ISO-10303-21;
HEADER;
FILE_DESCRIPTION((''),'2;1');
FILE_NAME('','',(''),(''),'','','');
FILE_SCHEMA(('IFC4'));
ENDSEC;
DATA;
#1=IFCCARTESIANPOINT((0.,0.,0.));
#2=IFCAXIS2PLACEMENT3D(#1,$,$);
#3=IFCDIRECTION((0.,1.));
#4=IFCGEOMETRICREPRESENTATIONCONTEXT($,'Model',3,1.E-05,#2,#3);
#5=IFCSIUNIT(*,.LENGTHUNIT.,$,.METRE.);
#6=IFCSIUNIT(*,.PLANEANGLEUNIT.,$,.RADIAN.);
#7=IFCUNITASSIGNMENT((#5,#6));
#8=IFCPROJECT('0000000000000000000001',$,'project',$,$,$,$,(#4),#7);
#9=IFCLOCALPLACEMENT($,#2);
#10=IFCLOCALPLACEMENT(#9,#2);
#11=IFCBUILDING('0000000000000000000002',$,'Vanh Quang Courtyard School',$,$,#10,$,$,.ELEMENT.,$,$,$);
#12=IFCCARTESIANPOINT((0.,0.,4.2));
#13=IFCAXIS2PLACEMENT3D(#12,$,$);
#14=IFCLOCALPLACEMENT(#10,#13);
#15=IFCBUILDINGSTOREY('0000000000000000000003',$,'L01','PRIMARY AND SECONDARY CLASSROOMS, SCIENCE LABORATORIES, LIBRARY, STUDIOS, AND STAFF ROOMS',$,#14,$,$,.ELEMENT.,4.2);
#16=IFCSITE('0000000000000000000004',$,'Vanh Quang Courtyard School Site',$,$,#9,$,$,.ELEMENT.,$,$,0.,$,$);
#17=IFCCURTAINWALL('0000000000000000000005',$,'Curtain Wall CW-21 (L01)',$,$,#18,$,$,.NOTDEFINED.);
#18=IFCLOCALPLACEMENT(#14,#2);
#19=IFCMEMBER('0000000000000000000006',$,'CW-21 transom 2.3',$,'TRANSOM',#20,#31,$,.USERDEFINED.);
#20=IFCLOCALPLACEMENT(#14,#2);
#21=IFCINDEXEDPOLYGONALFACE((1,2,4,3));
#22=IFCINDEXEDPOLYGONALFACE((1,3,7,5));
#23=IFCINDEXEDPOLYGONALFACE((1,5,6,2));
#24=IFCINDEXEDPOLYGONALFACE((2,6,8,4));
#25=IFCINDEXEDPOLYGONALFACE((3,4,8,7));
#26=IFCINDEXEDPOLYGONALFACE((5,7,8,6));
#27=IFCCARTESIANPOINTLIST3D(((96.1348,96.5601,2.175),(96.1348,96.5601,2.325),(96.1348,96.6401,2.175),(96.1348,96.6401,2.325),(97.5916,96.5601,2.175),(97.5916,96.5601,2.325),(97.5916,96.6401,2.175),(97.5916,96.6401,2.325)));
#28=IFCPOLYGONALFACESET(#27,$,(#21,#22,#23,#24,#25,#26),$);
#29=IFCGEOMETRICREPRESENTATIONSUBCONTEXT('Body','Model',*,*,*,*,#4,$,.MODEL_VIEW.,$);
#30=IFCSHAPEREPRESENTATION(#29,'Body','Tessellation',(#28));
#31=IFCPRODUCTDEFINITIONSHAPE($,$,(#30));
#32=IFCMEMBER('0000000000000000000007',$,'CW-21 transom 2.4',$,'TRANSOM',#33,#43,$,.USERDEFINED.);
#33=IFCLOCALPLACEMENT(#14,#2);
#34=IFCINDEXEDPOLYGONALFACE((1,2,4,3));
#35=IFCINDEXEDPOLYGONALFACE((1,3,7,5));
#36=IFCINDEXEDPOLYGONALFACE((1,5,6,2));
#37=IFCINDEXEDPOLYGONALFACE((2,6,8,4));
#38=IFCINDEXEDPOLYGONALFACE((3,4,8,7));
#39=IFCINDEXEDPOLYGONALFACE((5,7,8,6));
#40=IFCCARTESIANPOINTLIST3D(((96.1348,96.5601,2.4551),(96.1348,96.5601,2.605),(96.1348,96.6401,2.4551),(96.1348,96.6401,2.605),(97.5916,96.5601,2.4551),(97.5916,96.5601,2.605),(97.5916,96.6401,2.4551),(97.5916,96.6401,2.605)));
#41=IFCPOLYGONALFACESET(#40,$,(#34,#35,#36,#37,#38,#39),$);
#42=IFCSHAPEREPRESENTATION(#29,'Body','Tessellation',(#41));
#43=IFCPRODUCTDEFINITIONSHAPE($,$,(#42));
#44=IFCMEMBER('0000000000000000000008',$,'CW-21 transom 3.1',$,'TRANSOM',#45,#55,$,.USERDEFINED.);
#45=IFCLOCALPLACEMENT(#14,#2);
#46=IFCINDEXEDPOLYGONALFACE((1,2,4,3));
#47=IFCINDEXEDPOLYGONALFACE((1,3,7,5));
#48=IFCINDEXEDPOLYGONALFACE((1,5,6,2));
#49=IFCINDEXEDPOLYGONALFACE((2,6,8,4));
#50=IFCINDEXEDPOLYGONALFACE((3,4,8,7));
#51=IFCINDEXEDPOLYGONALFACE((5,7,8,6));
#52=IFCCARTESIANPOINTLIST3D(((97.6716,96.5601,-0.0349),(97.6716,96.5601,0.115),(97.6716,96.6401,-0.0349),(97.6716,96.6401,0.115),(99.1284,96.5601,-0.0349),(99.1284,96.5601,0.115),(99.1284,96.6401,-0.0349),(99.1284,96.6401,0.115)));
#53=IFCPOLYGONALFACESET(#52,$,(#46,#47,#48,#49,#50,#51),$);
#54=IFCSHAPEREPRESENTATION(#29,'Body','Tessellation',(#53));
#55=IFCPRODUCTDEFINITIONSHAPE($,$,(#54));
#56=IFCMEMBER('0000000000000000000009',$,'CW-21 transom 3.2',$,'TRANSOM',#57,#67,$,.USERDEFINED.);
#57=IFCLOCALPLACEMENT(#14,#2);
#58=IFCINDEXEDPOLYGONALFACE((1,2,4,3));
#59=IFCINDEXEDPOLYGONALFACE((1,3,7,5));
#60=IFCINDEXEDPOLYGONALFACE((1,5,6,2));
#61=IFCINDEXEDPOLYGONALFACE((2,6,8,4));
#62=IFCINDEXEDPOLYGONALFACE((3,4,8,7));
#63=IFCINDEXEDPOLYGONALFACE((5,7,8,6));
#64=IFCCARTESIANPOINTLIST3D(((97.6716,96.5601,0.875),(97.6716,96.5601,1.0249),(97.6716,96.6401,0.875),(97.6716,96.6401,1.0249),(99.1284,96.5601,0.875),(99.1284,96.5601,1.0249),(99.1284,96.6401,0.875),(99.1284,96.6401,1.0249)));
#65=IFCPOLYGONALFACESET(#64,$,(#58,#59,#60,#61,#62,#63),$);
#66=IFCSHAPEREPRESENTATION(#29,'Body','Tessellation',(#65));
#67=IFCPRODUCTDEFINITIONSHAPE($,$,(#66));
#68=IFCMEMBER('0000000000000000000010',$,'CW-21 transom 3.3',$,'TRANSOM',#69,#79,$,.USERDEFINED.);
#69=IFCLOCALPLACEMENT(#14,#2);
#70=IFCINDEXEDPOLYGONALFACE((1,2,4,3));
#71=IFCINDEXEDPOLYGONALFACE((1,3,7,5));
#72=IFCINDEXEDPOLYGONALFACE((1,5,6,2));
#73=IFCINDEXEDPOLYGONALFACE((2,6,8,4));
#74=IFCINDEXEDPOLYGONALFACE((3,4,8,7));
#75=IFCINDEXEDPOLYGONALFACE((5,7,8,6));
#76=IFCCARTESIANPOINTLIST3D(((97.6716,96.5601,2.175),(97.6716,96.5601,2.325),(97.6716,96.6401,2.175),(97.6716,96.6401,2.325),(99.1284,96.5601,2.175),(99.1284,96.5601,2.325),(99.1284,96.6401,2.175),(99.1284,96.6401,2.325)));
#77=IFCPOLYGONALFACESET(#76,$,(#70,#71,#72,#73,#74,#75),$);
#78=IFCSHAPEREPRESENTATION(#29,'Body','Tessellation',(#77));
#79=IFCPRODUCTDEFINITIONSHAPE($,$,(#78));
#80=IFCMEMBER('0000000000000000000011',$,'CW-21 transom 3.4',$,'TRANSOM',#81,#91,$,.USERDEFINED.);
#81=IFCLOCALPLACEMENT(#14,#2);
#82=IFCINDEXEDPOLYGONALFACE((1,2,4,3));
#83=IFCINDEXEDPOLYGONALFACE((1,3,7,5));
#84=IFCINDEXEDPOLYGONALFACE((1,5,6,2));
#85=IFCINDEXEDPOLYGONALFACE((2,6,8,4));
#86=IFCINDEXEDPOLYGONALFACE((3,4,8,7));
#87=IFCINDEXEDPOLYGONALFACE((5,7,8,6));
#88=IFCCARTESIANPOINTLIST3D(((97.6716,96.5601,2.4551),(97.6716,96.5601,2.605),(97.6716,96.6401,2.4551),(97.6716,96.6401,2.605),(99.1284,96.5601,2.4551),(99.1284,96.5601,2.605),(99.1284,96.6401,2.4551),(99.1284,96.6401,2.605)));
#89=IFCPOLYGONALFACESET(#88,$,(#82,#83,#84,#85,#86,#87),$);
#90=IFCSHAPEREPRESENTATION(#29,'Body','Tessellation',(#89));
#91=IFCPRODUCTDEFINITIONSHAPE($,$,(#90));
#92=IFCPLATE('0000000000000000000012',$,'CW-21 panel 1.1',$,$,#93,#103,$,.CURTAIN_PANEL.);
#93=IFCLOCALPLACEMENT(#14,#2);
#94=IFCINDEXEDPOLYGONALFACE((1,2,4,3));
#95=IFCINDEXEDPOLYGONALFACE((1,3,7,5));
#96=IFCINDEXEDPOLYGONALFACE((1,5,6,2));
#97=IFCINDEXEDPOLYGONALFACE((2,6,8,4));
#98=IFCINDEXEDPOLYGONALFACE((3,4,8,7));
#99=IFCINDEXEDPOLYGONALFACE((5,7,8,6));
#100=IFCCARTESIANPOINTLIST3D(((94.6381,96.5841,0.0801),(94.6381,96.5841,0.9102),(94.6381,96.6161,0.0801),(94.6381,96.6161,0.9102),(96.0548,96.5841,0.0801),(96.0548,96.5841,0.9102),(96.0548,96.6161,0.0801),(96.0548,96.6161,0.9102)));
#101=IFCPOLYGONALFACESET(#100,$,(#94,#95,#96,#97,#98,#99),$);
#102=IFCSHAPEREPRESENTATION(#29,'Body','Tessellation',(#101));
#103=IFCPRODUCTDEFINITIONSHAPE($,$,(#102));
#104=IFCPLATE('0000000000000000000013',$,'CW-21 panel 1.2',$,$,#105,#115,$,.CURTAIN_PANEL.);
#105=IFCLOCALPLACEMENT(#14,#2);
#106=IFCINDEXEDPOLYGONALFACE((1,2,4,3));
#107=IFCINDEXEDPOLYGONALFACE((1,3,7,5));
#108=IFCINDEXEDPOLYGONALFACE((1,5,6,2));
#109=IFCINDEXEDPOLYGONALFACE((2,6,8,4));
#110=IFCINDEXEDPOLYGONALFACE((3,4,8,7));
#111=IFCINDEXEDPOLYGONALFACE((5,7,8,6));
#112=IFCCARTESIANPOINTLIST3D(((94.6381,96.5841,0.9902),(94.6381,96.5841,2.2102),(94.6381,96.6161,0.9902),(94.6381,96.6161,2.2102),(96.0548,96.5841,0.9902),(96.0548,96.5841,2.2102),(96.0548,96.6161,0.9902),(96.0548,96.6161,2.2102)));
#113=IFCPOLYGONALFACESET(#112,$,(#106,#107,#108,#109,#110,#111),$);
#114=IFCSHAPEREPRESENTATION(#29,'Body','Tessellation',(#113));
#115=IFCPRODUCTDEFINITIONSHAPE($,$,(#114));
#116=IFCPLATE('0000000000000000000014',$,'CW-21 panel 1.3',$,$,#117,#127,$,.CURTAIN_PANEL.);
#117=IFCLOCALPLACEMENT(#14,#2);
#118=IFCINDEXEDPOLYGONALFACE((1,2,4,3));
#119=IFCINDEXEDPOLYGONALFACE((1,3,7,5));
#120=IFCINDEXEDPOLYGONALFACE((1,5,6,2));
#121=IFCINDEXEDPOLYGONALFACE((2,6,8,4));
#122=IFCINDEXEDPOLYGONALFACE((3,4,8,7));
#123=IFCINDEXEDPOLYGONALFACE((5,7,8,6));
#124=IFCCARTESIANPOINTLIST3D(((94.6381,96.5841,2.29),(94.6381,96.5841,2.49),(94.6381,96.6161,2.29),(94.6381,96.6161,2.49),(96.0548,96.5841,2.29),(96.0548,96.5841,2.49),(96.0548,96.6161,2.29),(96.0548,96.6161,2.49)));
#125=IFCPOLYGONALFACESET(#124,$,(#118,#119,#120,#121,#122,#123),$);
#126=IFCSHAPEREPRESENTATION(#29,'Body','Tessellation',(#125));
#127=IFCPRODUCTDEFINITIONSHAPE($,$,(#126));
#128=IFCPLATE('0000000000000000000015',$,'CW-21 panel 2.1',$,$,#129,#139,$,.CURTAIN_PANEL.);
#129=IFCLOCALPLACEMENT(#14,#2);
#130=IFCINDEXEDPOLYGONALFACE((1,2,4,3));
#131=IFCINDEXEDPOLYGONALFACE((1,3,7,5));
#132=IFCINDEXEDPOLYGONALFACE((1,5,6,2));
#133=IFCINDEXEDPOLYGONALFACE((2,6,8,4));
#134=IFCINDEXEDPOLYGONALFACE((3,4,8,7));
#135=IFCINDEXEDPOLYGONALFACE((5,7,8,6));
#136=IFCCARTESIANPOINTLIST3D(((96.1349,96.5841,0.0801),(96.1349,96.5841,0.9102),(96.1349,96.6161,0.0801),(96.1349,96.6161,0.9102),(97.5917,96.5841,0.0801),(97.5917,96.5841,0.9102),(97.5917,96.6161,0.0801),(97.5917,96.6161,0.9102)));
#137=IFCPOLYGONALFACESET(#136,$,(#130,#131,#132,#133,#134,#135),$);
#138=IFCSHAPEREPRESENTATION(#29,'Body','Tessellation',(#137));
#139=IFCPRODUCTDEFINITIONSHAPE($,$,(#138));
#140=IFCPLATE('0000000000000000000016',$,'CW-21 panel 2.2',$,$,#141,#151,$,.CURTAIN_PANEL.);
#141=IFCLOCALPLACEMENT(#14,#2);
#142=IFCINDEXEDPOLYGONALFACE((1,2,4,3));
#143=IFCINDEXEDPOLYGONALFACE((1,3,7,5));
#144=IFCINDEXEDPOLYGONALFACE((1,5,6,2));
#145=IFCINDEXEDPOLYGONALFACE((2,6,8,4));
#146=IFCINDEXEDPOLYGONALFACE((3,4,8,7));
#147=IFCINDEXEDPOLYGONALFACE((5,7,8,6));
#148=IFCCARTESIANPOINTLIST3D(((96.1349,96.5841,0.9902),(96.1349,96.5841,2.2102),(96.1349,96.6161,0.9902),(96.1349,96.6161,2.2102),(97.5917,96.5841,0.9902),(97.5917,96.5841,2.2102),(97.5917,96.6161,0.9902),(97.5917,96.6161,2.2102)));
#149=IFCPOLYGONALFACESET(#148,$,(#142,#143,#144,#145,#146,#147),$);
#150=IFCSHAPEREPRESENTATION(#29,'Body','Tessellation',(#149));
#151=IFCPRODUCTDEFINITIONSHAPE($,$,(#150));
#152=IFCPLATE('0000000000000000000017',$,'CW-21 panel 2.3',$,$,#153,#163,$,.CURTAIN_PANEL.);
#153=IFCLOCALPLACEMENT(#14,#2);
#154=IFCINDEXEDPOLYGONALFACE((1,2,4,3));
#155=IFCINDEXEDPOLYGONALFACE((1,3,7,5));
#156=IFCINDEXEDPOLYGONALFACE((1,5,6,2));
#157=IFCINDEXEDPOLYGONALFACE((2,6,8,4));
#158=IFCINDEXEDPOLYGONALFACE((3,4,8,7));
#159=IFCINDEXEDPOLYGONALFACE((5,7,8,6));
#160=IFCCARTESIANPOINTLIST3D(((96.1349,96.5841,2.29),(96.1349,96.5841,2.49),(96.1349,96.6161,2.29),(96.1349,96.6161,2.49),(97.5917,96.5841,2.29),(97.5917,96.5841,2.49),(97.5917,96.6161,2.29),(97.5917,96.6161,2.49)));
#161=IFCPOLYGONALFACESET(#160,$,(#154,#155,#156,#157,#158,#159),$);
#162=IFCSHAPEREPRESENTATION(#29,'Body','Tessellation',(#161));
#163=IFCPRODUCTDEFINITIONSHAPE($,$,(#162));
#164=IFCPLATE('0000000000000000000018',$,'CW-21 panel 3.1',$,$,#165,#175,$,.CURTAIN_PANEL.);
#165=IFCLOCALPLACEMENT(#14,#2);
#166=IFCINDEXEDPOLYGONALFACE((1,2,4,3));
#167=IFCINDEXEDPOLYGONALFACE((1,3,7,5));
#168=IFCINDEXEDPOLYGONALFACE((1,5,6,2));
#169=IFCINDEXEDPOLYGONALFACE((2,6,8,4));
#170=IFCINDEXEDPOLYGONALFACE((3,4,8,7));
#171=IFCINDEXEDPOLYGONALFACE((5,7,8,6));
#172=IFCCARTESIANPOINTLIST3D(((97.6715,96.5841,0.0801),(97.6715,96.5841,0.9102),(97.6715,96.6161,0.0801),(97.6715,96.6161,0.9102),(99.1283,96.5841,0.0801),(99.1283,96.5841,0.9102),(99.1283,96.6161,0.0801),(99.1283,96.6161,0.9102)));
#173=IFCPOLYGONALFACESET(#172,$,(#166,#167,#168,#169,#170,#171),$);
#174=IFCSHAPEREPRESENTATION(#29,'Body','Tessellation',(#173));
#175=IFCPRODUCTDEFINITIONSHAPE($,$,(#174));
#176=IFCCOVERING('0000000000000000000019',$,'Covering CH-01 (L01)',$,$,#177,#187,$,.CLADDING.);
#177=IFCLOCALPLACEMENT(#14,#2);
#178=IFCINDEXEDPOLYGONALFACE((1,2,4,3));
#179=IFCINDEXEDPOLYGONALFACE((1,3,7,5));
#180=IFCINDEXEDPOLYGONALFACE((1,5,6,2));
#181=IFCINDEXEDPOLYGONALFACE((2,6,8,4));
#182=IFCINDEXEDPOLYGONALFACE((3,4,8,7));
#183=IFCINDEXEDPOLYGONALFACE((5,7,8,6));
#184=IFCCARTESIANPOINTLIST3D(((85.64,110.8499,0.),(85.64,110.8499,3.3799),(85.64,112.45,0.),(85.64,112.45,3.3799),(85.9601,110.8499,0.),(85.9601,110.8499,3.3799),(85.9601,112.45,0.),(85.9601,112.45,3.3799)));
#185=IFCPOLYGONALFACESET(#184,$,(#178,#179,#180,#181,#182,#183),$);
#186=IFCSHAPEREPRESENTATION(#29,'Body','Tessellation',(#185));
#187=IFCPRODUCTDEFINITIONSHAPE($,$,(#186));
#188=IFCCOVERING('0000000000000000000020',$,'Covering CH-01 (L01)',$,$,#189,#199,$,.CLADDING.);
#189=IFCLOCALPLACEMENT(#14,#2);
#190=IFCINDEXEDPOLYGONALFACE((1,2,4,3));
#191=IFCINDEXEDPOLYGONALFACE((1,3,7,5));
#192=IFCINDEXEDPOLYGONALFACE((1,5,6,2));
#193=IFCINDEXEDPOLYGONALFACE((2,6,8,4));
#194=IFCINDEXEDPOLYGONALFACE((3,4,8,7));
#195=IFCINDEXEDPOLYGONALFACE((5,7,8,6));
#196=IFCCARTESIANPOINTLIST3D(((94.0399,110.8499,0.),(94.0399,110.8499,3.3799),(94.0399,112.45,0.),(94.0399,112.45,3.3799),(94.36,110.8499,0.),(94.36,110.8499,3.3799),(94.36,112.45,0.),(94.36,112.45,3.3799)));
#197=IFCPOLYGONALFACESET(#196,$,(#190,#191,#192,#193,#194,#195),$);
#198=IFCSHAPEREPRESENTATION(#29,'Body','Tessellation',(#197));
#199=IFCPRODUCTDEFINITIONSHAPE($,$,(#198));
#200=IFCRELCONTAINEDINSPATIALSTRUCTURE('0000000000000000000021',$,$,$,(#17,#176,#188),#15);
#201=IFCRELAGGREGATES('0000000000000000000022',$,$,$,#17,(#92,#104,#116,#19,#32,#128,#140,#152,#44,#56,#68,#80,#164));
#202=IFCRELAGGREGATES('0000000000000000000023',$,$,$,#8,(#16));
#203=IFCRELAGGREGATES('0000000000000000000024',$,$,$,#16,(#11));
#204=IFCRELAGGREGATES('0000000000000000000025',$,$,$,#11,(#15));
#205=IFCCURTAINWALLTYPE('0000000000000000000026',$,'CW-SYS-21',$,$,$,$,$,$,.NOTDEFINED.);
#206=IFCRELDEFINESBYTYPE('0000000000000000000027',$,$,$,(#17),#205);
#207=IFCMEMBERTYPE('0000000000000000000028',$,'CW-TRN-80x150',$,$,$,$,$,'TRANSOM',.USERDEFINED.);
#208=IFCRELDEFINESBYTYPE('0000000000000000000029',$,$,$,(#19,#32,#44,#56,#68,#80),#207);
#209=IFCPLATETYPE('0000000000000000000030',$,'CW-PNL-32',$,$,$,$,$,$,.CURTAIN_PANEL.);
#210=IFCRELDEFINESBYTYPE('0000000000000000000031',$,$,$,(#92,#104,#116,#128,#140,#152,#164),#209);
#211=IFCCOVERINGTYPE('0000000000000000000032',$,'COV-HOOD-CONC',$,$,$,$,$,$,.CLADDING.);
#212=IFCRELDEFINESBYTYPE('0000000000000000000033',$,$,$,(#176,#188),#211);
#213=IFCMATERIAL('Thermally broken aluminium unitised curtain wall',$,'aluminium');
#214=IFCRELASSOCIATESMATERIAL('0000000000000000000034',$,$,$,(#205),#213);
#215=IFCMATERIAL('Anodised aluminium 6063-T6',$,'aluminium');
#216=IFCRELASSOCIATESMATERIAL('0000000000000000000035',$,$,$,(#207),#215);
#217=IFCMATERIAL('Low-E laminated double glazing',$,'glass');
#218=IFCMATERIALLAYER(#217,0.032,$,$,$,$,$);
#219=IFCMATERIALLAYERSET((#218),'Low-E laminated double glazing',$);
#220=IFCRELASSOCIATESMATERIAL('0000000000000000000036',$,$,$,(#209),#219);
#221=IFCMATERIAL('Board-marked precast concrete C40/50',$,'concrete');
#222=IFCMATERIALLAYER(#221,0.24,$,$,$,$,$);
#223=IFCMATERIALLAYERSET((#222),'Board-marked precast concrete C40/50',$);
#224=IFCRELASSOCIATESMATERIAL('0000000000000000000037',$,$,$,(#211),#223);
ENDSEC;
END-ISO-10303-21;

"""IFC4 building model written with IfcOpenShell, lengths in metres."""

from ifc_helpers import new_model, si_unit, direction, frame, origin, origin_2d, place, context, subcontext, project, spatial, rectangle, extrude, material, layer, layer_set, material_profile, profile_set, type_object, element, aggregate, save


model = new_model("IFC4")

# Units and contexts
model_context = context("Model", 3, precision=1e-05, world=origin(), true_north=direction((0.0, 1.0)))
body_context = subcontext(model_context, "Body", "Model", "MODEL_VIEW")
ifc_project = project(units=[si_unit("LENGTHUNIT", "METRE"), si_unit("PLANEANGLEUNIT", "RADIAN")], contexts=[model_context])

# Site, building, storey
site_placement = place(None, origin())
site = spatial("IfcSite", under=ifc_project, at=site_placement, Name="Vanh Quang Courtyard School Site", CompositionType="ELEMENT", RefElevation=0.0)
building_placement = place(site_placement, origin())
building = spatial("IfcBuilding", under=site, at=building_placement, Name="Vanh Quang Courtyard School", CompositionType="ELEMENT")
storey_placement = place(building_placement, frame((0.0, 0.0, 4.2)))
storey = spatial("IfcBuildingStorey", under=building, at=storey_placement, Name="L01", Description="PRIMARY AND SECONDARY CLASSROOMS, SCIENCE LABORATORIES, LIBRARY, STUDIOS, AND STAFF ROOMS", CompositionType="ELEMENT", Elevation=4.2)

# Curtain wall, members, plates
ifc_material_1 = material(Name="Thermally broken aluminium unitised curtain wall", Category="aluminium")
curtain_wall_type = type_object("IfcCurtainWallType", Name="CW-SYS-21", PredefinedType="NOTDEFINED", material=ifc_material_1)
curtain_wall_placement = place(storey_placement, origin())
curtain_wall = element("IfcCurtainWall", 1, at=curtain_wall_placement, inside=storey, type_object=curtain_wall_type, Name="Curtain Wall CW-21 (L01)", PredefinedType="NOTDEFINED")
ifc_material_2 = material(Name="Anodised aluminium 6063-T6", Category="aluminium")
ifc_material_profile_1 = material_profile(ifc_material_2, rectangle(XDim=0.0801, YDim=0.1499, at=origin_2d()), Name="ALU-TRN 80x150")
ifc_profile_set_1 = profile_set([ifc_material_profile_1], Name="Anodised aluminium 6063-T6")
member_type_1 = type_object("IfcMemberType", Name="CW-TRN-80x150", ElementType="TRANSOM", PredefinedType="USERDEFINED", material=ifc_profile_set_1)
member_1_placement = place(storey_placement, frame((96.1348, 96.6001, 2.25), z_axis=(1.0, 0.0, 0.0), x_axis=(0.0, 1.0, 0.0)))
member_1 = element("IfcMember", 2, at=member_1_placement, type_object=member_type_1, Name="CW-21 transom 2.3", ObjectType="TRANSOM", PredefinedType="USERDEFINED", context=body_context, shape_type="SweptSolid", body=[
    extrude(rectangle(XDim=0.0801, YDim=0.1499, at=origin_2d()), origin(), (0.0, 0.0, 1.0), 1.4568),
])
member_2_placement = place(storey_placement, frame((96.1348, 96.6001, 2.53), z_axis=(1.0, 0.0, 0.0), x_axis=(0.0, 1.0, 0.0)))
member_2 = element("IfcMember", 3, at=member_2_placement, type_object=member_type_1, Name="CW-21 transom 2.4", ObjectType="TRANSOM", PredefinedType="USERDEFINED", context=body_context, shape_type="SweptSolid", body=[
    extrude(rectangle(XDim=0.0801, YDim=0.1499, at=origin_2d()), origin(), (0.0, 0.0, 1.0), 1.4568),
])
member_3_placement = place(storey_placement, frame((97.6716, 96.6001, 0.04), z_axis=(1.0, 0.0, 0.0), x_axis=(0.0, 1.0, 0.0)))
member_3 = element("IfcMember", 4, at=member_3_placement, type_object=member_type_1, Name="CW-21 transom 3.1", ObjectType="TRANSOM", PredefinedType="USERDEFINED", context=body_context, shape_type="SweptSolid", body=[
    extrude(rectangle(XDim=0.0801, YDim=0.1499, at=origin_2d()), origin(), (0.0, 0.0, 1.0), 1.4568),
])
member_4_placement = place(storey_placement, frame((97.6716, 96.6001, 0.95), z_axis=(1.0, 0.0, 0.0), x_axis=(0.0, 1.0, 0.0)))
member_4 = element("IfcMember", 5, at=member_4_placement, type_object=member_type_1, Name="CW-21 transom 3.2", ObjectType="TRANSOM", PredefinedType="USERDEFINED", context=body_context, shape_type="SweptSolid", body=[
    extrude(rectangle(XDim=0.0801, YDim=0.1499, at=origin_2d()), origin(), (0.0, 0.0, 1.0), 1.4568),
])
member_5_placement = place(storey_placement, frame((97.6716, 96.6001, 2.25), z_axis=(1.0, 0.0, 0.0), x_axis=(0.0, 1.0, 0.0)))
member_5 = element("IfcMember", 6, at=member_5_placement, type_object=member_type_1, Name="CW-21 transom 3.3", ObjectType="TRANSOM", PredefinedType="USERDEFINED", context=body_context, shape_type="SweptSolid", body=[
    extrude(rectangle(XDim=0.0801, YDim=0.1499, at=origin_2d()), origin(), (0.0, 0.0, 1.0), 1.4568),
])
member_6_placement = place(storey_placement, frame((97.6716, 96.6001, 2.53), z_axis=(1.0, 0.0, 0.0), x_axis=(0.0, 1.0, 0.0)))
member_6 = element("IfcMember", 7, at=member_6_placement, type_object=member_type_1, Name="CW-21 transom 3.4", ObjectType="TRANSOM", PredefinedType="USERDEFINED", context=body_context, shape_type="SweptSolid", body=[
    extrude(rectangle(XDim=0.0801, YDim=0.1499, at=origin_2d()), origin(), (0.0, 0.0, 1.0), 1.4568),
])
ifc_material_3 = material(Name="Low-E laminated double glazing", Category="glass")
ifc_layer_1 = layer(ifc_material_3, 0.032)
ifc_layer_set_1 = layer_set([ifc_layer_1], Name="Low-E laminated double glazing")
plate_type = type_object("IfcPlateType", Name="CW-PNL-32", PredefinedType="CURTAIN_PANEL", material=ifc_layer_set_1)
plate_1_placement = place(storey_placement, frame((95.3464, 96.6001, 0.0801), z_axis=(0.0, 0.0, 1.0), x_axis=(1.0, 0.0, 0.0)))
plate_1 = element("IfcPlate", 8, at=plate_1_placement, type_object=plate_type, Name="CW-21 panel 1.1", PredefinedType="CURTAIN_PANEL", context=body_context, shape_type="SweptSolid", body=[
    extrude(rectangle(XDim=1.4167, YDim=0.032, at=origin_2d()), origin(), (0.0, 0.0, 1.0), 0.8301),
])
plate_2_placement = place(storey_placement, frame((95.3464, 96.6001, 0.9902), z_axis=(0.0, 0.0, 1.0), x_axis=(1.0, 0.0, 0.0)))
plate_2 = element("IfcPlate", 9, at=plate_2_placement, type_object=plate_type, Name="CW-21 panel 1.2", PredefinedType="CURTAIN_PANEL", context=body_context, shape_type="SweptSolid", body=[
    extrude(rectangle(XDim=1.4167, YDim=0.032, at=origin_2d()), origin(), (0.0, 0.0, 1.0), 1.22),
])
plate_3_placement = place(storey_placement, frame((95.3464, 96.6001, 2.29), z_axis=(0.0, 0.0, 1.0), x_axis=(1.0, 0.0, 0.0)))
plate_3 = element("IfcPlate", 10, at=plate_3_placement, type_object=plate_type, Name="CW-21 panel 1.3", PredefinedType="CURTAIN_PANEL", context=body_context, shape_type="SweptSolid", body=[
    extrude(rectangle(XDim=1.4167, YDim=0.032, at=origin_2d()), origin(), (0.0, 0.0, 1.0), 0.2),
])
plate_4_placement = place(storey_placement, frame((96.8633, 96.6001, 0.0801), z_axis=(0.0, 0.0, 1.0), x_axis=(1.0, 0.0, 0.0)))
plate_4 = element("IfcPlate", 11, at=plate_4_placement, type_object=plate_type, Name="CW-21 panel 2.1", PredefinedType="CURTAIN_PANEL", context=body_context, shape_type="SweptSolid", body=[
    extrude(rectangle(XDim=1.4568, YDim=0.032, at=origin_2d()), origin(), (0.0, 0.0, 1.0), 0.8301),
])
plate_5_placement = place(storey_placement, frame((96.8633, 96.6001, 0.9902), z_axis=(0.0, 0.0, 1.0), x_axis=(1.0, 0.0, 0.0)))
plate_5 = element("IfcPlate", 12, at=plate_5_placement, type_object=plate_type, Name="CW-21 panel 2.2", PredefinedType="CURTAIN_PANEL", context=body_context, shape_type="SweptSolid", body=[
    extrude(rectangle(XDim=1.4568, YDim=0.032, at=origin_2d()), origin(), (0.0, 0.0, 1.0), 1.22),
])
plate_6_placement = place(storey_placement, frame((96.8633, 96.6001, 2.29), z_axis=(0.0, 0.0, 1.0), x_axis=(1.0, 0.0, 0.0)))
plate_6 = element("IfcPlate", 13, at=plate_6_placement, type_object=plate_type, Name="CW-21 panel 2.3", PredefinedType="CURTAIN_PANEL", context=body_context, shape_type="SweptSolid", body=[
    extrude(rectangle(XDim=1.4568, YDim=0.032, at=origin_2d()), origin(), (0.0, 0.0, 1.0), 0.2),
])
plate_7_placement = place(storey_placement, frame((98.3999, 96.6001, 0.0801), z_axis=(0.0, 0.0, 1.0), x_axis=(1.0, 0.0, 0.0)))
plate_7 = element("IfcPlate", 14, at=plate_7_placement, type_object=plate_type, Name="CW-21 panel 3.1", PredefinedType="CURTAIN_PANEL", context=body_context, shape_type="SweptSolid", body=[
    extrude(rectangle(XDim=1.4568, YDim=0.032, at=origin_2d()), origin(), (0.0, 0.0, 1.0), 0.8301),
])
aggregate(curtain_wall, [plate_1, plate_2, plate_3, member_1, member_2, plate_4, plate_5, plate_6, member_3, member_4, member_5, member_6, plate_7])

# Coverings
ifc_material_4 = material(Name="Board-marked precast concrete C40/50", Category="concrete")
ifc_layer_2 = layer(ifc_material_4, 0.24)
ifc_layer_set_2 = layer_set([ifc_layer_2], Name="Board-marked precast concrete C40/50")
covering_type = type_object("IfcCoveringType", Name="COV-HOOD-CONC", PredefinedType="CLADDING", material=ifc_layer_set_2)
for number, where, z_axis, x_axis, name in (
    (15, (85.8, 111.6499, 0.0), (0.0, 0.0, 1.0), (0.0, 1.0, 0.0), "Covering CH-01 (L01)"),
    (16, (94.2, 111.6499, 0.0), (0.0, 0.0, 1.0), (0.0, 1.0, 0.0), "Covering CH-01 (L01)"),
):
    element("IfcCovering", number, at=place(storey_placement, frame(where, z_axis=z_axis, x_axis=x_axis)), inside=storey, type_object=covering_type, Name=name, PredefinedType="CLADDING", context=body_context, shape_type="SweptSolid", body=[
        extrude(rectangle(XDim=1.6001, YDim=0.3201, at=origin_2d()), origin(), (0.0, 0.0, 1.0), 3.3799),
    ])

save(model, "model.ifc")
